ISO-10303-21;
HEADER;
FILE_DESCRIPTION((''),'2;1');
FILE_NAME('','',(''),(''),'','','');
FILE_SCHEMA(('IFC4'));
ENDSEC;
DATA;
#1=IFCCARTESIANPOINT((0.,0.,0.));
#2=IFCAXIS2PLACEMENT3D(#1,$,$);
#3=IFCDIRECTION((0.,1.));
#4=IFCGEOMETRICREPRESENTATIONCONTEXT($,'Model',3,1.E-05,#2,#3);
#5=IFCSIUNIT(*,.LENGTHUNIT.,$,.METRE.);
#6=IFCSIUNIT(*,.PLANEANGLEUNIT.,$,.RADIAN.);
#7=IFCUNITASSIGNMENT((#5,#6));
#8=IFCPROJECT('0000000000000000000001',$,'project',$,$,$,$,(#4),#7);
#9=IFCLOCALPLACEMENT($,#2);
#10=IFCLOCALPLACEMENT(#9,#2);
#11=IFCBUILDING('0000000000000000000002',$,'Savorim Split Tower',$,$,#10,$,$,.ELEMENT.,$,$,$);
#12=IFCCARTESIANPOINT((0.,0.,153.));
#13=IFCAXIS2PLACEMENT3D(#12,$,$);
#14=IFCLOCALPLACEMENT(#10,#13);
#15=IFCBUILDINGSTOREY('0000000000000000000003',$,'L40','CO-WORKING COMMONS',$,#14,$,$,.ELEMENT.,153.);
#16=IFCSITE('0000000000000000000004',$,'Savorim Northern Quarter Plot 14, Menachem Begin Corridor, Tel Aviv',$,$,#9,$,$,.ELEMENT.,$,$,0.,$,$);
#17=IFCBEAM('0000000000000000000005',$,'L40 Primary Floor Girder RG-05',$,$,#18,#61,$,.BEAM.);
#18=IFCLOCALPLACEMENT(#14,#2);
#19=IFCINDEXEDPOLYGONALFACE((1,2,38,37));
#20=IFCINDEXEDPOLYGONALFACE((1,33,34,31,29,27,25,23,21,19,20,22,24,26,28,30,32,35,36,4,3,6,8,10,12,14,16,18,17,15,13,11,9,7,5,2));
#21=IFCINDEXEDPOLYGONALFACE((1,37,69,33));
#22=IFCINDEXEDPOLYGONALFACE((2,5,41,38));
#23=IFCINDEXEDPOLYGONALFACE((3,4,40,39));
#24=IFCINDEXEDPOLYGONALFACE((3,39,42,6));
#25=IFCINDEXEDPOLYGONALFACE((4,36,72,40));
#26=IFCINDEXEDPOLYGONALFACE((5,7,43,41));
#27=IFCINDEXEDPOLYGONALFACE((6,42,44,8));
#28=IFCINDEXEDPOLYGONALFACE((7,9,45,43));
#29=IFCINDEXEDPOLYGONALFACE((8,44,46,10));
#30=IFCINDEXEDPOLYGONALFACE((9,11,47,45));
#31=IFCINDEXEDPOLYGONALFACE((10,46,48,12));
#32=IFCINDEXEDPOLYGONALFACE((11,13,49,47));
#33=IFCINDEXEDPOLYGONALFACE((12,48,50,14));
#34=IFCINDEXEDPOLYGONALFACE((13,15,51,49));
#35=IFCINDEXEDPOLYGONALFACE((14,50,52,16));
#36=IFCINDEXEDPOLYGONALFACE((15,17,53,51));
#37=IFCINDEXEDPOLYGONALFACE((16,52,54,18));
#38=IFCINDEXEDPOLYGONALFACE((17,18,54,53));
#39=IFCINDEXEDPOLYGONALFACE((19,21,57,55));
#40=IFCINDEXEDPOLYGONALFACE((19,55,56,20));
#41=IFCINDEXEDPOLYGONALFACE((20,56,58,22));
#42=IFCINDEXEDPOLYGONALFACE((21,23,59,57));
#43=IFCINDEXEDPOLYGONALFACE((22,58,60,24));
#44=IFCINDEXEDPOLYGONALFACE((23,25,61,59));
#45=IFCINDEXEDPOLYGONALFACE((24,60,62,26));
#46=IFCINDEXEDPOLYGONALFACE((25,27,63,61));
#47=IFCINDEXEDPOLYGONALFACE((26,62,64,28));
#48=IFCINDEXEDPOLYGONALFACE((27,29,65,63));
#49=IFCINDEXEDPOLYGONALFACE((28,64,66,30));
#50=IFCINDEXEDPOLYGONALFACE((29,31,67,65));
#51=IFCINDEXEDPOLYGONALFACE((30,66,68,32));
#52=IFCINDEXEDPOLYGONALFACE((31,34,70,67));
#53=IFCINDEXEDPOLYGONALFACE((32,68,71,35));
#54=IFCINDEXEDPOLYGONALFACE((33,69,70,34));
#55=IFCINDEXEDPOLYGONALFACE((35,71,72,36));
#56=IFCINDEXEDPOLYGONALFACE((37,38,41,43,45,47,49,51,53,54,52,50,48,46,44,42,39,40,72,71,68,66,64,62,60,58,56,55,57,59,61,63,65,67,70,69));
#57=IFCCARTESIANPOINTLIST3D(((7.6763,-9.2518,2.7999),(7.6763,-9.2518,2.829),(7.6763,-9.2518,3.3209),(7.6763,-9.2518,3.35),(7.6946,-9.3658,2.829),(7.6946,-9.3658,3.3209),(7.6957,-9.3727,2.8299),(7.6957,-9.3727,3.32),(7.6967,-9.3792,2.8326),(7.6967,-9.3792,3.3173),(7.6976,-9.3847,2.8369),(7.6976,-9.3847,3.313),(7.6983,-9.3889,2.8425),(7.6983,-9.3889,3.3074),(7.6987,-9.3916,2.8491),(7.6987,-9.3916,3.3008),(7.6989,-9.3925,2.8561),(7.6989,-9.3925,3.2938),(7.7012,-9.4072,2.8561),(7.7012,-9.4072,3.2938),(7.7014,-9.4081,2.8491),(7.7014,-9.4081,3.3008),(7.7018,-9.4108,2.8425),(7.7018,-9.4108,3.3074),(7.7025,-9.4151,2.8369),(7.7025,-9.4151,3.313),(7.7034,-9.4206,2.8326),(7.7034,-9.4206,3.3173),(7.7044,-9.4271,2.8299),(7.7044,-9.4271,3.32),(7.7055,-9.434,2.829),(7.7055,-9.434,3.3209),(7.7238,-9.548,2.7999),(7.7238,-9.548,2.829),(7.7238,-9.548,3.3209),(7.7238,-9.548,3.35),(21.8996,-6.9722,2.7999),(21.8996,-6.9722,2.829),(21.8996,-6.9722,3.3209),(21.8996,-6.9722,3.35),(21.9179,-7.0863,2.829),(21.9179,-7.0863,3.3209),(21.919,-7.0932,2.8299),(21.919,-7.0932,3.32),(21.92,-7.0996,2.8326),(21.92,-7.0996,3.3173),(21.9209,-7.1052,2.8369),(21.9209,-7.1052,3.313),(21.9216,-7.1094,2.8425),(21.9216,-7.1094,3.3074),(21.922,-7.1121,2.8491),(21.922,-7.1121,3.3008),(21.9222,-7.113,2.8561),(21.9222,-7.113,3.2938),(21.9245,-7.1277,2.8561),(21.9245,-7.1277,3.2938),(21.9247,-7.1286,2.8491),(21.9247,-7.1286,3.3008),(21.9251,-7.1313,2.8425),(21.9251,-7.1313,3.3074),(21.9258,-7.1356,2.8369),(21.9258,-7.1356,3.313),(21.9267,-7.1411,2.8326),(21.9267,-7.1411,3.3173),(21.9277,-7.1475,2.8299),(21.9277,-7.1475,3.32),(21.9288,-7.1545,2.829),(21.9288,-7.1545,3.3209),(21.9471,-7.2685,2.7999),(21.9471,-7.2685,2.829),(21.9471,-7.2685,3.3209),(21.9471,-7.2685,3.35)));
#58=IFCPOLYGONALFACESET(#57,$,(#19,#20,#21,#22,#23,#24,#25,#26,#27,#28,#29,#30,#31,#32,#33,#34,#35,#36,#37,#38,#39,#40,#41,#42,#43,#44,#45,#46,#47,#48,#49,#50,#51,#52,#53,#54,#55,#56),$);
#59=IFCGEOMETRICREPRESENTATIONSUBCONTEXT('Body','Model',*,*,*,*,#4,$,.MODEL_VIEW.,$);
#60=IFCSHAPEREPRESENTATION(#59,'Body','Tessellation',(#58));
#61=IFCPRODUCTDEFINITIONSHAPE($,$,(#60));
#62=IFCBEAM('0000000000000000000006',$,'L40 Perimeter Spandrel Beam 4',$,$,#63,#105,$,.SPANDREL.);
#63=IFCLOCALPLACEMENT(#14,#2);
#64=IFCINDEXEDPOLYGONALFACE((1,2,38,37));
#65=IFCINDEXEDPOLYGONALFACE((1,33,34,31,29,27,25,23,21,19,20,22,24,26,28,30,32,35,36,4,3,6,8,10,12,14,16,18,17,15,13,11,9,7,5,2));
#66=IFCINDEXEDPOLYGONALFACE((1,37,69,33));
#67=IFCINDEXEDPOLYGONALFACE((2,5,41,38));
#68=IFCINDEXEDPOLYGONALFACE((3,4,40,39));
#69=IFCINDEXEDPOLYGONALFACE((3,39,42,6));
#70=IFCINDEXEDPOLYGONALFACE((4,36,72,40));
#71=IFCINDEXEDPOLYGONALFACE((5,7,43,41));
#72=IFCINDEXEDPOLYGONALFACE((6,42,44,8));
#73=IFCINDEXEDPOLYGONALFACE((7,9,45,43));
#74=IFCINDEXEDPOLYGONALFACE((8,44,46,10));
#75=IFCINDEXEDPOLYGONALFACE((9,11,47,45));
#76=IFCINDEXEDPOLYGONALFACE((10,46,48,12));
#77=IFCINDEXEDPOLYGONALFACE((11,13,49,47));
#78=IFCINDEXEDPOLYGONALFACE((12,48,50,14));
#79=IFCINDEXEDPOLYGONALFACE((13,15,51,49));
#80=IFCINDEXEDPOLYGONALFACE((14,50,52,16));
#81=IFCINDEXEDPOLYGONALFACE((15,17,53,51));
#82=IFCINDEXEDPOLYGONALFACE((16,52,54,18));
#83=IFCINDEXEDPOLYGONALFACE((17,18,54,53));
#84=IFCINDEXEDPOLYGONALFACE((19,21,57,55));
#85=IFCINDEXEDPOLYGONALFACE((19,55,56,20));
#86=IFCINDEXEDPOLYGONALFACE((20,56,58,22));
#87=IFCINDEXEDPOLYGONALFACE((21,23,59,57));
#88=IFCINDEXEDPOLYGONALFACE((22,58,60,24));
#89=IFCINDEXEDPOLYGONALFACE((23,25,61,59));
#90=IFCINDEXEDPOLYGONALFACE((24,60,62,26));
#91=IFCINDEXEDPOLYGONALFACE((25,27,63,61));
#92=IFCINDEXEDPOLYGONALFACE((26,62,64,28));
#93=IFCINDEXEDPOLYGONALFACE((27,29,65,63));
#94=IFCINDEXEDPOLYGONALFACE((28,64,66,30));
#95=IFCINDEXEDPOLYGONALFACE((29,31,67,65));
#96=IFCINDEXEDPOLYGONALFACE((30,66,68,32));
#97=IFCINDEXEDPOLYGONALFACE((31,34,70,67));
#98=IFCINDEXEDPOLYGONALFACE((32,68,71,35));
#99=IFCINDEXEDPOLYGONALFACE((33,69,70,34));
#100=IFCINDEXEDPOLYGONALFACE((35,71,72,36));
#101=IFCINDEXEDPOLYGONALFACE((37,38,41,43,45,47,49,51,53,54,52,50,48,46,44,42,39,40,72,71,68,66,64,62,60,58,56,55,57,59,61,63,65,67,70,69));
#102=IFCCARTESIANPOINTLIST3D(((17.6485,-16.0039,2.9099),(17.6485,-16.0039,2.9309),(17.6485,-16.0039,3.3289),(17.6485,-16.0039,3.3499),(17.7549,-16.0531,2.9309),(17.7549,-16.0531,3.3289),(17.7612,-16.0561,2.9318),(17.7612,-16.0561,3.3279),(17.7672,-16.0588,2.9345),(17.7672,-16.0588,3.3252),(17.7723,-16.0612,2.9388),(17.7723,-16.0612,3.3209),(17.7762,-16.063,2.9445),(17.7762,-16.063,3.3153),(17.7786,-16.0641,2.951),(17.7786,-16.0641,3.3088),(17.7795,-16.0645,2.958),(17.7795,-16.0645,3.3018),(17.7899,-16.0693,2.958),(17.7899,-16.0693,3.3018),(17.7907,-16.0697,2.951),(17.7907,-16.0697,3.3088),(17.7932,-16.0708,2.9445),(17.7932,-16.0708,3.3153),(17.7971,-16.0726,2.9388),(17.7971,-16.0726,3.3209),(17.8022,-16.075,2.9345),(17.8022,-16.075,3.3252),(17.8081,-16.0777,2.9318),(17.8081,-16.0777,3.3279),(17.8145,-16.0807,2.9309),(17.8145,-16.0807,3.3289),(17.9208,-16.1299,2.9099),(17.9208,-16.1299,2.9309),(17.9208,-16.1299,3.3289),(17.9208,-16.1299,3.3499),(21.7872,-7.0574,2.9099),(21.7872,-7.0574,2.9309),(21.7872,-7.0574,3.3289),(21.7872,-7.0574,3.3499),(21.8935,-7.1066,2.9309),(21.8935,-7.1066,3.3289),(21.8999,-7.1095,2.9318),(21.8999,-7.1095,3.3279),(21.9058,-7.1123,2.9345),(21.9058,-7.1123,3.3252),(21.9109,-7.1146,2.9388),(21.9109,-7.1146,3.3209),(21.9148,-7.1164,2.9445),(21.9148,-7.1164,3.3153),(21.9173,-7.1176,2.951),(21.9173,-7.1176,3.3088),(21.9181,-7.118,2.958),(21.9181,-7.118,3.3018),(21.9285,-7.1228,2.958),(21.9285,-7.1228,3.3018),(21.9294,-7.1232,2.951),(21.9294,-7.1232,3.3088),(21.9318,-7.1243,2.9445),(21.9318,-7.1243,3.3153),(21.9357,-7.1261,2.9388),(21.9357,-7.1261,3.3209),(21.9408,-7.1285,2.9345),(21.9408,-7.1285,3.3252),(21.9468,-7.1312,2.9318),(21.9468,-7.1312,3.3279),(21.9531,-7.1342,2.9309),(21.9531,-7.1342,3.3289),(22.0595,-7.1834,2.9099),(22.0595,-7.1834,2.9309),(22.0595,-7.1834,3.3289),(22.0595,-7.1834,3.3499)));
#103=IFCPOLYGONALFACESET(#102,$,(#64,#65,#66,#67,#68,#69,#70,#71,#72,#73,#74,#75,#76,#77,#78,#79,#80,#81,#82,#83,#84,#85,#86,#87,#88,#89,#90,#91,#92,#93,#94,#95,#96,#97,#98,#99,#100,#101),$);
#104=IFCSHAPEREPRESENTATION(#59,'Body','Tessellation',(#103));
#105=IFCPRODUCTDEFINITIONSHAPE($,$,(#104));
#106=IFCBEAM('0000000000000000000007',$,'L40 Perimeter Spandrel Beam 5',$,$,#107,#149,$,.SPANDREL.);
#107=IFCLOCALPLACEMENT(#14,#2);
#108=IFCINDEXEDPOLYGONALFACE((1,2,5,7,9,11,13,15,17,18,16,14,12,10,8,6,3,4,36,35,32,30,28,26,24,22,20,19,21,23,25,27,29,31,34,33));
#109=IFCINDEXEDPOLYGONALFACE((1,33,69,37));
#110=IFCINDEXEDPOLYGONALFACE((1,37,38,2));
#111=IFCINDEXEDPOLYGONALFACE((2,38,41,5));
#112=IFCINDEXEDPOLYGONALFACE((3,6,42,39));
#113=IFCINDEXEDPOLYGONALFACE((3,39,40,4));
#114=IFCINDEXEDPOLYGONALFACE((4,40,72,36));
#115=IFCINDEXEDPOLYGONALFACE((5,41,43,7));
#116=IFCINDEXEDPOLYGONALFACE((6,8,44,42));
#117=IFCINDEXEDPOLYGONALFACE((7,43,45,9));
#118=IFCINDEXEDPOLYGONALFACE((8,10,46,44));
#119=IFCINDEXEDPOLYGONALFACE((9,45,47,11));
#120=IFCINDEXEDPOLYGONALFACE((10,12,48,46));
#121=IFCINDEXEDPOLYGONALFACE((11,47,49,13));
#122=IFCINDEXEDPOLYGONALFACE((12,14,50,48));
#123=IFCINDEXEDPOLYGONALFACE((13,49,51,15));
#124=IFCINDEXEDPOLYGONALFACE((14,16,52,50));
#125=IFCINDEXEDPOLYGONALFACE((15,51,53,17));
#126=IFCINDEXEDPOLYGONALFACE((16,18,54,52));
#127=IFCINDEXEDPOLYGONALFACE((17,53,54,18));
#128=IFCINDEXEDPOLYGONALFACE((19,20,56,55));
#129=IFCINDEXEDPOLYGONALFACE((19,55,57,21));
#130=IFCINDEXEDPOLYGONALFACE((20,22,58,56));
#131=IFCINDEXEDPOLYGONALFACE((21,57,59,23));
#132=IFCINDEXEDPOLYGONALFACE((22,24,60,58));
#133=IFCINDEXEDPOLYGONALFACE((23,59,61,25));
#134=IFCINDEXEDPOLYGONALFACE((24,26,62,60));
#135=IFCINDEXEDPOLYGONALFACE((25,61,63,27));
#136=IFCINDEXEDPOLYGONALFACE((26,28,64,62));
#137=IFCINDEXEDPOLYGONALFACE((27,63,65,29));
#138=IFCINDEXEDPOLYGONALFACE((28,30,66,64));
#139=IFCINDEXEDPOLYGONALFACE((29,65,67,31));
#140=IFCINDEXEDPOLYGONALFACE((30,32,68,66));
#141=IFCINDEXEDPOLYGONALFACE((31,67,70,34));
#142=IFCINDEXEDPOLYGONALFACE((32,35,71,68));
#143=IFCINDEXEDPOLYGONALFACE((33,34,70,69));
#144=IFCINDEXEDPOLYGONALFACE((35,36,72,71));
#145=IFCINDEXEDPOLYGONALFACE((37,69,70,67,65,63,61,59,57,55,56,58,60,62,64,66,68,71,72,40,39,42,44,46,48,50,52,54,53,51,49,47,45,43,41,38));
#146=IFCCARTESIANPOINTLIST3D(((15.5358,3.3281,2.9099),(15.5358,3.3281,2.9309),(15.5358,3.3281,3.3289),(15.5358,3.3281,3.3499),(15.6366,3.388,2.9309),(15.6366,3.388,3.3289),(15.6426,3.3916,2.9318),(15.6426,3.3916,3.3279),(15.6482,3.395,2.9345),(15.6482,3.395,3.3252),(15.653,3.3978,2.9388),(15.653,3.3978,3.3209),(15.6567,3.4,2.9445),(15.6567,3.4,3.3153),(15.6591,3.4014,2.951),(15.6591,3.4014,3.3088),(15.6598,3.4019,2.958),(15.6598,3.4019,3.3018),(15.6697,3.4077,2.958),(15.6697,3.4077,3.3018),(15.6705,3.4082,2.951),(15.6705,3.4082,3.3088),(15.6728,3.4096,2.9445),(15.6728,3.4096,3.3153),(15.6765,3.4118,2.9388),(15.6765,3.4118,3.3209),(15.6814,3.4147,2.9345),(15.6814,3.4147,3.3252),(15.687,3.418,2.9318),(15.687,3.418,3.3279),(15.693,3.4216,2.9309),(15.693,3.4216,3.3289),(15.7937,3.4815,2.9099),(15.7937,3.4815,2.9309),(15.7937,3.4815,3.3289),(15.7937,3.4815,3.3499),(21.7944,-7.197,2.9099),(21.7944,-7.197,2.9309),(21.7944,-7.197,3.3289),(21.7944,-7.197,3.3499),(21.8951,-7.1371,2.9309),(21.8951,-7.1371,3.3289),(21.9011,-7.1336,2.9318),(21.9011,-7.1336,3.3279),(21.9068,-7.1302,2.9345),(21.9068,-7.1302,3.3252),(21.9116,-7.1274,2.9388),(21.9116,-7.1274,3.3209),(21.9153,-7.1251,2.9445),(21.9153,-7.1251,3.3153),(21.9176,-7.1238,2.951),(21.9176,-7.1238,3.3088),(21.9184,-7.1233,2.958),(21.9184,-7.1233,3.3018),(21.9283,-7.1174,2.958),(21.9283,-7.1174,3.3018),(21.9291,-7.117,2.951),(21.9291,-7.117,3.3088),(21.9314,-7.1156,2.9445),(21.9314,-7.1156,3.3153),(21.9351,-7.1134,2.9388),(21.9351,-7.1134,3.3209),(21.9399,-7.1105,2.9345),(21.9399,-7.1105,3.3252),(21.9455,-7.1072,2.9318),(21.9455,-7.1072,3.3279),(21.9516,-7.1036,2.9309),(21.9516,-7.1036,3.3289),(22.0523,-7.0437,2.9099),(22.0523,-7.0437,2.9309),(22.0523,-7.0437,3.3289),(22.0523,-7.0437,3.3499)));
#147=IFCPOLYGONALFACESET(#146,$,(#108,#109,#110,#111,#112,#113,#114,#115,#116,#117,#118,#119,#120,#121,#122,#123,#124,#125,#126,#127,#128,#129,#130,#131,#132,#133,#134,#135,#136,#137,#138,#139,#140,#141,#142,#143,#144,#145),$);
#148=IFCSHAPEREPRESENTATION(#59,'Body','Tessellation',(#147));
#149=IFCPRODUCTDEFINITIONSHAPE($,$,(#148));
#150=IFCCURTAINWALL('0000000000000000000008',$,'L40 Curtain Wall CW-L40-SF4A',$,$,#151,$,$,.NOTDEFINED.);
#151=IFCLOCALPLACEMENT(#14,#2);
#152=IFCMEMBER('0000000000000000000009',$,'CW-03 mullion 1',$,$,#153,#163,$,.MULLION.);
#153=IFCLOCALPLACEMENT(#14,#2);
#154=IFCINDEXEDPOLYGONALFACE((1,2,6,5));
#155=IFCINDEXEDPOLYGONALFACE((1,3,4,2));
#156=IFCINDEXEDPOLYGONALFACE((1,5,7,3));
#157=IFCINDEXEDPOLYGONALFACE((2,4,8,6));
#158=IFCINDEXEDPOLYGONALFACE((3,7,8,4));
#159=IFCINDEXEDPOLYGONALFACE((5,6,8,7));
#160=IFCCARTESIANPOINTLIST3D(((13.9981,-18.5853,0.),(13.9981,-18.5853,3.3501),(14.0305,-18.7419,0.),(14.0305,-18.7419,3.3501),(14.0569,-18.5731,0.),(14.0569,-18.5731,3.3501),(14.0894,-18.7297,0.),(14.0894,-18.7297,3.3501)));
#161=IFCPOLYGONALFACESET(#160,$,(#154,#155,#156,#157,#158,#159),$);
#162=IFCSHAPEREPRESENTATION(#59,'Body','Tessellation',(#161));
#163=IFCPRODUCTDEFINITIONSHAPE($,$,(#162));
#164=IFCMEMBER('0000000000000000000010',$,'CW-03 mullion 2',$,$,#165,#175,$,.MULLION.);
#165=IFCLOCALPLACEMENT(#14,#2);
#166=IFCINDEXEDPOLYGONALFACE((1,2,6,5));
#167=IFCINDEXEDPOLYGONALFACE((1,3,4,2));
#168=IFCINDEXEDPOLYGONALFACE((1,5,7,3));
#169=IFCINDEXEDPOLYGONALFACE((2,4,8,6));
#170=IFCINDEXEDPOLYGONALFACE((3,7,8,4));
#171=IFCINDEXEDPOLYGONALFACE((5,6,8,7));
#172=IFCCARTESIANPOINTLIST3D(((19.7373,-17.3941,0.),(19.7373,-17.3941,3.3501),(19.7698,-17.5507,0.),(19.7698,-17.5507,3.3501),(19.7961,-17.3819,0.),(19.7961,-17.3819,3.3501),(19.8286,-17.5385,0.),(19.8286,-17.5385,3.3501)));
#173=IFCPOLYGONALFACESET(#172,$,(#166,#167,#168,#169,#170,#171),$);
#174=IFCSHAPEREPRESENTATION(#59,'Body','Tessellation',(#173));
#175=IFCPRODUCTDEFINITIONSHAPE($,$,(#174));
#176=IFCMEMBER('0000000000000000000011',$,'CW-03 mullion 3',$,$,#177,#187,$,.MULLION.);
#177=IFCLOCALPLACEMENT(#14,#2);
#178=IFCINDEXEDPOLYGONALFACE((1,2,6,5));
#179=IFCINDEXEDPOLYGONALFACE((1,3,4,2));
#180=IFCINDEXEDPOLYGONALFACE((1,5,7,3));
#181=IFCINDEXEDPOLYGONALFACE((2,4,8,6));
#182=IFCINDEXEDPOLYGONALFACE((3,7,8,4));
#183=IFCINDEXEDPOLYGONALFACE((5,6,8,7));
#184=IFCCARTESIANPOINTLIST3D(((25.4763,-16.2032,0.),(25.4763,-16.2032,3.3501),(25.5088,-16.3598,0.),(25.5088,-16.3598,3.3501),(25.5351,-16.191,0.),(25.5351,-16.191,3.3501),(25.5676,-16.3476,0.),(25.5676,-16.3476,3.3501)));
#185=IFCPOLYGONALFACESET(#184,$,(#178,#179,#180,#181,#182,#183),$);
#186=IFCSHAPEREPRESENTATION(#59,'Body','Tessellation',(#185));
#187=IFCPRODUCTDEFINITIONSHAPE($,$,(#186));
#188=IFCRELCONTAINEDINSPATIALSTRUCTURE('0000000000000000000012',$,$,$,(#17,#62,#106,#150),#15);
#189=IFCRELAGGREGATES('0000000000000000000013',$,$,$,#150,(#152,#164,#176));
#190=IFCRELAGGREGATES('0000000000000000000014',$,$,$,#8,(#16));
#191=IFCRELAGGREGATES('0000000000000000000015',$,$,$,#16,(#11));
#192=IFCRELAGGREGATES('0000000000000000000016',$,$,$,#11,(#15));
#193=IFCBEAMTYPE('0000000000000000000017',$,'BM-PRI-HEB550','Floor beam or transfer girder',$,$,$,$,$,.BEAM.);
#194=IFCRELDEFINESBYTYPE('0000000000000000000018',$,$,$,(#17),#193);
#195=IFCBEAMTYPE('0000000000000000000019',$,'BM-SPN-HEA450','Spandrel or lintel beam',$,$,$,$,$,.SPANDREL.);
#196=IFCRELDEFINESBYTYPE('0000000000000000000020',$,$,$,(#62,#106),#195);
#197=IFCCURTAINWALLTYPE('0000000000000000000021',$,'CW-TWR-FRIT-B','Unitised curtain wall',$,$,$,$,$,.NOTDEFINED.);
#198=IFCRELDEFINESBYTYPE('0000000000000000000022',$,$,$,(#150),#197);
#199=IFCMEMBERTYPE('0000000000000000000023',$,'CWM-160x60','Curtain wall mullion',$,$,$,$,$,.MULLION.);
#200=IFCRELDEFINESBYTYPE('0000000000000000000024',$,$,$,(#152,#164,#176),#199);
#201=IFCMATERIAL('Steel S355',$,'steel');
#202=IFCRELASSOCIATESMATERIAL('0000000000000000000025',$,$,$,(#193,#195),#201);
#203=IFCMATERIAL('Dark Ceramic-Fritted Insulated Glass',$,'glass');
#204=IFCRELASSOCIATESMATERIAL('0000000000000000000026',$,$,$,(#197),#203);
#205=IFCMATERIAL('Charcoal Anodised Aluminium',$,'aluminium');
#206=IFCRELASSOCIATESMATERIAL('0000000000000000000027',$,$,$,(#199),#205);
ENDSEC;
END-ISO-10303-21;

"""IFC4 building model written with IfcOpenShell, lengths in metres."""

from ifc_helpers import new_model, si_unit, direction, frame, origin, origin_2d, place, context, subcontext, project, spatial, rectangle, i_section, extrude, material, material_profile, profile_set, type_object, element, aggregate, save


model = new_model("IFC4")

# Units and contexts
model_context = context("Model", 3, precision=1e-05, world=origin(), true_north=direction((0.0, 1.0)))
body_context = subcontext(model_context, "Body", "Model", "MODEL_VIEW")
ifc_project = project(units=[si_unit("LENGTHUNIT", "METRE"), si_unit("PLANEANGLEUNIT", "RADIAN")], contexts=[model_context])

# Site, building, storey
site_placement = place(None, origin())
site = spatial("IfcSite", under=ifc_project, at=site_placement, Name="Savorim Northern Quarter Plot 14, Menachem Begin Corridor, Tel Aviv", CompositionType="ELEMENT", RefElevation=0.0)
building_placement = place(site_placement, origin())
building = spatial("IfcBuilding", under=site, at=building_placement, Name="Savorim Split Tower", CompositionType="ELEMENT")
storey_placement = place(building_placement, frame((0.0, 0.0, 153.0)))
storey = spatial("IfcBuildingStorey", under=building, at=storey_placement, Name="L40", Description="CO-WORKING COMMONS", CompositionType="ELEMENT", Elevation=153.0)

# Beams
ifc_material_1 = material(Name="Steel S355", Category="steel")
ifc_material_profile_1 = material_profile(ifc_material_1, i_section(OverallWidth=0.3, OverallDepth=0.55, WebThickness=0.0149, FlangeThickness=0.0291, FilletRadius=0.0271, at=origin_2d()), Name="HEB 550")
ifc_profile_set_1 = profile_set([ifc_material_profile_1], Name="Steel S355")
beam_type_1 = type_object("IfcBeamType", Name="BM-PRI-HEB550", Description="Floor beam or transfer girder", PredefinedType="BEAM", material=ifc_profile_set_1)
beam_1_placement = place(storey_placement, frame((21.9233, -7.1204, 3.075), z_axis=(-0.987399, -0.158248, 0.0), x_axis=(0.158248, -0.987399, 0.0)))
element("IfcBeam", 1, at=beam_1_placement, inside=storey, type_object=beam_type_1, Name="L40 Primary Floor Girder RG-05", PredefinedType="BEAM", context=body_context, shape_type="SweptSolid", body=[
    extrude(i_section(OverallWidth=0.3, OverallDepth=0.55, WebThickness=0.0149, FlangeThickness=0.0291, FilletRadius=0.0271, at=origin_2d()), origin(), (0.0, 0.0, 1.0), 14.4048),
])
ifc_material_profile_2 = material_profile(ifc_material_1, i_section(OverallWidth=0.3, OverallDepth=0.4399, WebThickness=0.0115, FlangeThickness=0.021, FilletRadius=0.0271, at=origin_2d()), Name="HEA 450")
ifc_profile_set_2 = profile_set([ifc_material_profile_2], Name="Steel S355")
beam_type_2 = type_object("IfcBeamType", Name="BM-SPN-HEA450", Description="Spandrel or lintel beam", PredefinedType="SPANDREL", material=ifc_profile_set_2)
beam_2_placement = place(storey_placement, frame((17.7847, -16.0669, 3.1299), z_axis=(0.419853, 0.907592, 0.0), x_axis=(-0.907592, 0.419853, 0.0)))
element("IfcBeam", 2, at=beam_2_placement, inside=storey, type_object=beam_type_2, Name="L40 Perimeter Spandrel Beam 4", PredefinedType="SPANDREL", context=body_context, shape_type="SweptSolid", body=[
    extrude(i_section(OverallWidth=0.3, OverallDepth=0.4399, WebThickness=0.0115, FlangeThickness=0.021, FilletRadius=0.0271, at=origin_2d()), origin(), (0.0, 0.0, 1.0), 9.8574),
])
beam_3_placement = place(storey_placement, frame((21.9233, -7.1204, 3.1299), z_axis=(-0.511096, 0.859523, 0.0), x_axis=(-0.859523, -0.511096, 0.0)))
element("IfcBeam", 3, at=beam_3_placement, inside=storey, type_object=beam_type_2, Name="L40 Perimeter Spandrel Beam 5", PredefinedType="SPANDREL", context=body_context, shape_type="SweptSolid", body=[
    extrude(i_section(OverallWidth=0.3, OverallDepth=0.4399, WebThickness=0.0115, FlangeThickness=0.021, FilletRadius=0.0271, at=origin_2d()), origin(), (0.0, 0.0, 1.0), 12.2454),
])

# Curtain wall, members
ifc_material_2 = material(Name="Dark Ceramic-Fritted Insulated Glass", Category="glass")
curtain_wall_type = type_object("IfcCurtainWallType", Name="CW-TWR-FRIT-B", Description="Unitised curtain wall", PredefinedType="NOTDEFINED", material=ifc_material_2)
curtain_wall_1_placement = place(storey_placement, origin())
curtain_wall_1 = element("IfcCurtainWall", 4, at=curtain_wall_1_placement, inside=storey, type_object=curtain_wall_type, Name="L40 Curtain Wall CW-L40-SF4A", PredefinedType="NOTDEFINED")
ifc_material_3 = material(Name="Charcoal Anodised Aluminium", Category="aluminium")
ifc_material_profile_3 = material_profile(ifc_material_3, rectangle(XDim=0.1599, YDim=0.0601, at=origin_2d()), Name="ALU-M 160x60")
ifc_profile_set_3 = profile_set([ifc_material_profile_3], Name="Charcoal Anodised Aluminium")
member_type_1 = type_object("IfcMemberType", Name="CWM-160x60", Description="Curtain wall mullion", PredefinedType="MULLION", material=ifc_profile_set_3)
member_1_placement = place(storey_placement, frame((14.0437, -18.6575, 0.0), z_axis=(0.0, 0.0, 1.0), x_axis=(-0.203212, 0.979135, 0.0)))
member_1 = element("IfcMember", 5, at=member_1_placement, type_object=member_type_1, Name="CW-03 mullion 1", PredefinedType="MULLION", context=body_context, shape_type="SweptSolid", body=[
    extrude(rectangle(XDim=0.1599, YDim=0.0601, at=origin_2d()), origin(), (0.0, 0.0, 1.0), 3.3501),
])
member_2_placement = place(storey_placement, frame((19.783, -17.4663, 0.0), z_axis=(0.0, 0.0, 1.0), x_axis=(-0.203212, 0.979135, 0.0)))
member_2 = element("IfcMember", 6, at=member_2_placement, type_object=member_type_1, Name="CW-03 mullion 2", PredefinedType="MULLION", context=body_context, shape_type="SweptSolid", body=[
    extrude(rectangle(XDim=0.1599, YDim=0.0601, at=origin_2d()), origin(), (0.0, 0.0, 1.0), 3.3501),
])
member_3_placement = place(storey_placement, frame((25.522, -16.2754, 0.0), z_axis=(0.0, 0.0, 1.0), x_axis=(-0.203212, 0.979135, 0.0)))
member_3 = element("IfcMember", 7, at=member_3_placement, type_object=member_type_1, Name="CW-03 mullion 3", PredefinedType="MULLION", context=body_context, shape_type="SweptSolid", body=[
    extrude(rectangle(XDim=0.1599, YDim=0.0601, at=origin_2d()), origin(), (0.0, 0.0, 1.0), 3.3501),
])

aggregate(curtain_wall_1, [member_1, member_2, member_3])

save(model, "model.ifc")
